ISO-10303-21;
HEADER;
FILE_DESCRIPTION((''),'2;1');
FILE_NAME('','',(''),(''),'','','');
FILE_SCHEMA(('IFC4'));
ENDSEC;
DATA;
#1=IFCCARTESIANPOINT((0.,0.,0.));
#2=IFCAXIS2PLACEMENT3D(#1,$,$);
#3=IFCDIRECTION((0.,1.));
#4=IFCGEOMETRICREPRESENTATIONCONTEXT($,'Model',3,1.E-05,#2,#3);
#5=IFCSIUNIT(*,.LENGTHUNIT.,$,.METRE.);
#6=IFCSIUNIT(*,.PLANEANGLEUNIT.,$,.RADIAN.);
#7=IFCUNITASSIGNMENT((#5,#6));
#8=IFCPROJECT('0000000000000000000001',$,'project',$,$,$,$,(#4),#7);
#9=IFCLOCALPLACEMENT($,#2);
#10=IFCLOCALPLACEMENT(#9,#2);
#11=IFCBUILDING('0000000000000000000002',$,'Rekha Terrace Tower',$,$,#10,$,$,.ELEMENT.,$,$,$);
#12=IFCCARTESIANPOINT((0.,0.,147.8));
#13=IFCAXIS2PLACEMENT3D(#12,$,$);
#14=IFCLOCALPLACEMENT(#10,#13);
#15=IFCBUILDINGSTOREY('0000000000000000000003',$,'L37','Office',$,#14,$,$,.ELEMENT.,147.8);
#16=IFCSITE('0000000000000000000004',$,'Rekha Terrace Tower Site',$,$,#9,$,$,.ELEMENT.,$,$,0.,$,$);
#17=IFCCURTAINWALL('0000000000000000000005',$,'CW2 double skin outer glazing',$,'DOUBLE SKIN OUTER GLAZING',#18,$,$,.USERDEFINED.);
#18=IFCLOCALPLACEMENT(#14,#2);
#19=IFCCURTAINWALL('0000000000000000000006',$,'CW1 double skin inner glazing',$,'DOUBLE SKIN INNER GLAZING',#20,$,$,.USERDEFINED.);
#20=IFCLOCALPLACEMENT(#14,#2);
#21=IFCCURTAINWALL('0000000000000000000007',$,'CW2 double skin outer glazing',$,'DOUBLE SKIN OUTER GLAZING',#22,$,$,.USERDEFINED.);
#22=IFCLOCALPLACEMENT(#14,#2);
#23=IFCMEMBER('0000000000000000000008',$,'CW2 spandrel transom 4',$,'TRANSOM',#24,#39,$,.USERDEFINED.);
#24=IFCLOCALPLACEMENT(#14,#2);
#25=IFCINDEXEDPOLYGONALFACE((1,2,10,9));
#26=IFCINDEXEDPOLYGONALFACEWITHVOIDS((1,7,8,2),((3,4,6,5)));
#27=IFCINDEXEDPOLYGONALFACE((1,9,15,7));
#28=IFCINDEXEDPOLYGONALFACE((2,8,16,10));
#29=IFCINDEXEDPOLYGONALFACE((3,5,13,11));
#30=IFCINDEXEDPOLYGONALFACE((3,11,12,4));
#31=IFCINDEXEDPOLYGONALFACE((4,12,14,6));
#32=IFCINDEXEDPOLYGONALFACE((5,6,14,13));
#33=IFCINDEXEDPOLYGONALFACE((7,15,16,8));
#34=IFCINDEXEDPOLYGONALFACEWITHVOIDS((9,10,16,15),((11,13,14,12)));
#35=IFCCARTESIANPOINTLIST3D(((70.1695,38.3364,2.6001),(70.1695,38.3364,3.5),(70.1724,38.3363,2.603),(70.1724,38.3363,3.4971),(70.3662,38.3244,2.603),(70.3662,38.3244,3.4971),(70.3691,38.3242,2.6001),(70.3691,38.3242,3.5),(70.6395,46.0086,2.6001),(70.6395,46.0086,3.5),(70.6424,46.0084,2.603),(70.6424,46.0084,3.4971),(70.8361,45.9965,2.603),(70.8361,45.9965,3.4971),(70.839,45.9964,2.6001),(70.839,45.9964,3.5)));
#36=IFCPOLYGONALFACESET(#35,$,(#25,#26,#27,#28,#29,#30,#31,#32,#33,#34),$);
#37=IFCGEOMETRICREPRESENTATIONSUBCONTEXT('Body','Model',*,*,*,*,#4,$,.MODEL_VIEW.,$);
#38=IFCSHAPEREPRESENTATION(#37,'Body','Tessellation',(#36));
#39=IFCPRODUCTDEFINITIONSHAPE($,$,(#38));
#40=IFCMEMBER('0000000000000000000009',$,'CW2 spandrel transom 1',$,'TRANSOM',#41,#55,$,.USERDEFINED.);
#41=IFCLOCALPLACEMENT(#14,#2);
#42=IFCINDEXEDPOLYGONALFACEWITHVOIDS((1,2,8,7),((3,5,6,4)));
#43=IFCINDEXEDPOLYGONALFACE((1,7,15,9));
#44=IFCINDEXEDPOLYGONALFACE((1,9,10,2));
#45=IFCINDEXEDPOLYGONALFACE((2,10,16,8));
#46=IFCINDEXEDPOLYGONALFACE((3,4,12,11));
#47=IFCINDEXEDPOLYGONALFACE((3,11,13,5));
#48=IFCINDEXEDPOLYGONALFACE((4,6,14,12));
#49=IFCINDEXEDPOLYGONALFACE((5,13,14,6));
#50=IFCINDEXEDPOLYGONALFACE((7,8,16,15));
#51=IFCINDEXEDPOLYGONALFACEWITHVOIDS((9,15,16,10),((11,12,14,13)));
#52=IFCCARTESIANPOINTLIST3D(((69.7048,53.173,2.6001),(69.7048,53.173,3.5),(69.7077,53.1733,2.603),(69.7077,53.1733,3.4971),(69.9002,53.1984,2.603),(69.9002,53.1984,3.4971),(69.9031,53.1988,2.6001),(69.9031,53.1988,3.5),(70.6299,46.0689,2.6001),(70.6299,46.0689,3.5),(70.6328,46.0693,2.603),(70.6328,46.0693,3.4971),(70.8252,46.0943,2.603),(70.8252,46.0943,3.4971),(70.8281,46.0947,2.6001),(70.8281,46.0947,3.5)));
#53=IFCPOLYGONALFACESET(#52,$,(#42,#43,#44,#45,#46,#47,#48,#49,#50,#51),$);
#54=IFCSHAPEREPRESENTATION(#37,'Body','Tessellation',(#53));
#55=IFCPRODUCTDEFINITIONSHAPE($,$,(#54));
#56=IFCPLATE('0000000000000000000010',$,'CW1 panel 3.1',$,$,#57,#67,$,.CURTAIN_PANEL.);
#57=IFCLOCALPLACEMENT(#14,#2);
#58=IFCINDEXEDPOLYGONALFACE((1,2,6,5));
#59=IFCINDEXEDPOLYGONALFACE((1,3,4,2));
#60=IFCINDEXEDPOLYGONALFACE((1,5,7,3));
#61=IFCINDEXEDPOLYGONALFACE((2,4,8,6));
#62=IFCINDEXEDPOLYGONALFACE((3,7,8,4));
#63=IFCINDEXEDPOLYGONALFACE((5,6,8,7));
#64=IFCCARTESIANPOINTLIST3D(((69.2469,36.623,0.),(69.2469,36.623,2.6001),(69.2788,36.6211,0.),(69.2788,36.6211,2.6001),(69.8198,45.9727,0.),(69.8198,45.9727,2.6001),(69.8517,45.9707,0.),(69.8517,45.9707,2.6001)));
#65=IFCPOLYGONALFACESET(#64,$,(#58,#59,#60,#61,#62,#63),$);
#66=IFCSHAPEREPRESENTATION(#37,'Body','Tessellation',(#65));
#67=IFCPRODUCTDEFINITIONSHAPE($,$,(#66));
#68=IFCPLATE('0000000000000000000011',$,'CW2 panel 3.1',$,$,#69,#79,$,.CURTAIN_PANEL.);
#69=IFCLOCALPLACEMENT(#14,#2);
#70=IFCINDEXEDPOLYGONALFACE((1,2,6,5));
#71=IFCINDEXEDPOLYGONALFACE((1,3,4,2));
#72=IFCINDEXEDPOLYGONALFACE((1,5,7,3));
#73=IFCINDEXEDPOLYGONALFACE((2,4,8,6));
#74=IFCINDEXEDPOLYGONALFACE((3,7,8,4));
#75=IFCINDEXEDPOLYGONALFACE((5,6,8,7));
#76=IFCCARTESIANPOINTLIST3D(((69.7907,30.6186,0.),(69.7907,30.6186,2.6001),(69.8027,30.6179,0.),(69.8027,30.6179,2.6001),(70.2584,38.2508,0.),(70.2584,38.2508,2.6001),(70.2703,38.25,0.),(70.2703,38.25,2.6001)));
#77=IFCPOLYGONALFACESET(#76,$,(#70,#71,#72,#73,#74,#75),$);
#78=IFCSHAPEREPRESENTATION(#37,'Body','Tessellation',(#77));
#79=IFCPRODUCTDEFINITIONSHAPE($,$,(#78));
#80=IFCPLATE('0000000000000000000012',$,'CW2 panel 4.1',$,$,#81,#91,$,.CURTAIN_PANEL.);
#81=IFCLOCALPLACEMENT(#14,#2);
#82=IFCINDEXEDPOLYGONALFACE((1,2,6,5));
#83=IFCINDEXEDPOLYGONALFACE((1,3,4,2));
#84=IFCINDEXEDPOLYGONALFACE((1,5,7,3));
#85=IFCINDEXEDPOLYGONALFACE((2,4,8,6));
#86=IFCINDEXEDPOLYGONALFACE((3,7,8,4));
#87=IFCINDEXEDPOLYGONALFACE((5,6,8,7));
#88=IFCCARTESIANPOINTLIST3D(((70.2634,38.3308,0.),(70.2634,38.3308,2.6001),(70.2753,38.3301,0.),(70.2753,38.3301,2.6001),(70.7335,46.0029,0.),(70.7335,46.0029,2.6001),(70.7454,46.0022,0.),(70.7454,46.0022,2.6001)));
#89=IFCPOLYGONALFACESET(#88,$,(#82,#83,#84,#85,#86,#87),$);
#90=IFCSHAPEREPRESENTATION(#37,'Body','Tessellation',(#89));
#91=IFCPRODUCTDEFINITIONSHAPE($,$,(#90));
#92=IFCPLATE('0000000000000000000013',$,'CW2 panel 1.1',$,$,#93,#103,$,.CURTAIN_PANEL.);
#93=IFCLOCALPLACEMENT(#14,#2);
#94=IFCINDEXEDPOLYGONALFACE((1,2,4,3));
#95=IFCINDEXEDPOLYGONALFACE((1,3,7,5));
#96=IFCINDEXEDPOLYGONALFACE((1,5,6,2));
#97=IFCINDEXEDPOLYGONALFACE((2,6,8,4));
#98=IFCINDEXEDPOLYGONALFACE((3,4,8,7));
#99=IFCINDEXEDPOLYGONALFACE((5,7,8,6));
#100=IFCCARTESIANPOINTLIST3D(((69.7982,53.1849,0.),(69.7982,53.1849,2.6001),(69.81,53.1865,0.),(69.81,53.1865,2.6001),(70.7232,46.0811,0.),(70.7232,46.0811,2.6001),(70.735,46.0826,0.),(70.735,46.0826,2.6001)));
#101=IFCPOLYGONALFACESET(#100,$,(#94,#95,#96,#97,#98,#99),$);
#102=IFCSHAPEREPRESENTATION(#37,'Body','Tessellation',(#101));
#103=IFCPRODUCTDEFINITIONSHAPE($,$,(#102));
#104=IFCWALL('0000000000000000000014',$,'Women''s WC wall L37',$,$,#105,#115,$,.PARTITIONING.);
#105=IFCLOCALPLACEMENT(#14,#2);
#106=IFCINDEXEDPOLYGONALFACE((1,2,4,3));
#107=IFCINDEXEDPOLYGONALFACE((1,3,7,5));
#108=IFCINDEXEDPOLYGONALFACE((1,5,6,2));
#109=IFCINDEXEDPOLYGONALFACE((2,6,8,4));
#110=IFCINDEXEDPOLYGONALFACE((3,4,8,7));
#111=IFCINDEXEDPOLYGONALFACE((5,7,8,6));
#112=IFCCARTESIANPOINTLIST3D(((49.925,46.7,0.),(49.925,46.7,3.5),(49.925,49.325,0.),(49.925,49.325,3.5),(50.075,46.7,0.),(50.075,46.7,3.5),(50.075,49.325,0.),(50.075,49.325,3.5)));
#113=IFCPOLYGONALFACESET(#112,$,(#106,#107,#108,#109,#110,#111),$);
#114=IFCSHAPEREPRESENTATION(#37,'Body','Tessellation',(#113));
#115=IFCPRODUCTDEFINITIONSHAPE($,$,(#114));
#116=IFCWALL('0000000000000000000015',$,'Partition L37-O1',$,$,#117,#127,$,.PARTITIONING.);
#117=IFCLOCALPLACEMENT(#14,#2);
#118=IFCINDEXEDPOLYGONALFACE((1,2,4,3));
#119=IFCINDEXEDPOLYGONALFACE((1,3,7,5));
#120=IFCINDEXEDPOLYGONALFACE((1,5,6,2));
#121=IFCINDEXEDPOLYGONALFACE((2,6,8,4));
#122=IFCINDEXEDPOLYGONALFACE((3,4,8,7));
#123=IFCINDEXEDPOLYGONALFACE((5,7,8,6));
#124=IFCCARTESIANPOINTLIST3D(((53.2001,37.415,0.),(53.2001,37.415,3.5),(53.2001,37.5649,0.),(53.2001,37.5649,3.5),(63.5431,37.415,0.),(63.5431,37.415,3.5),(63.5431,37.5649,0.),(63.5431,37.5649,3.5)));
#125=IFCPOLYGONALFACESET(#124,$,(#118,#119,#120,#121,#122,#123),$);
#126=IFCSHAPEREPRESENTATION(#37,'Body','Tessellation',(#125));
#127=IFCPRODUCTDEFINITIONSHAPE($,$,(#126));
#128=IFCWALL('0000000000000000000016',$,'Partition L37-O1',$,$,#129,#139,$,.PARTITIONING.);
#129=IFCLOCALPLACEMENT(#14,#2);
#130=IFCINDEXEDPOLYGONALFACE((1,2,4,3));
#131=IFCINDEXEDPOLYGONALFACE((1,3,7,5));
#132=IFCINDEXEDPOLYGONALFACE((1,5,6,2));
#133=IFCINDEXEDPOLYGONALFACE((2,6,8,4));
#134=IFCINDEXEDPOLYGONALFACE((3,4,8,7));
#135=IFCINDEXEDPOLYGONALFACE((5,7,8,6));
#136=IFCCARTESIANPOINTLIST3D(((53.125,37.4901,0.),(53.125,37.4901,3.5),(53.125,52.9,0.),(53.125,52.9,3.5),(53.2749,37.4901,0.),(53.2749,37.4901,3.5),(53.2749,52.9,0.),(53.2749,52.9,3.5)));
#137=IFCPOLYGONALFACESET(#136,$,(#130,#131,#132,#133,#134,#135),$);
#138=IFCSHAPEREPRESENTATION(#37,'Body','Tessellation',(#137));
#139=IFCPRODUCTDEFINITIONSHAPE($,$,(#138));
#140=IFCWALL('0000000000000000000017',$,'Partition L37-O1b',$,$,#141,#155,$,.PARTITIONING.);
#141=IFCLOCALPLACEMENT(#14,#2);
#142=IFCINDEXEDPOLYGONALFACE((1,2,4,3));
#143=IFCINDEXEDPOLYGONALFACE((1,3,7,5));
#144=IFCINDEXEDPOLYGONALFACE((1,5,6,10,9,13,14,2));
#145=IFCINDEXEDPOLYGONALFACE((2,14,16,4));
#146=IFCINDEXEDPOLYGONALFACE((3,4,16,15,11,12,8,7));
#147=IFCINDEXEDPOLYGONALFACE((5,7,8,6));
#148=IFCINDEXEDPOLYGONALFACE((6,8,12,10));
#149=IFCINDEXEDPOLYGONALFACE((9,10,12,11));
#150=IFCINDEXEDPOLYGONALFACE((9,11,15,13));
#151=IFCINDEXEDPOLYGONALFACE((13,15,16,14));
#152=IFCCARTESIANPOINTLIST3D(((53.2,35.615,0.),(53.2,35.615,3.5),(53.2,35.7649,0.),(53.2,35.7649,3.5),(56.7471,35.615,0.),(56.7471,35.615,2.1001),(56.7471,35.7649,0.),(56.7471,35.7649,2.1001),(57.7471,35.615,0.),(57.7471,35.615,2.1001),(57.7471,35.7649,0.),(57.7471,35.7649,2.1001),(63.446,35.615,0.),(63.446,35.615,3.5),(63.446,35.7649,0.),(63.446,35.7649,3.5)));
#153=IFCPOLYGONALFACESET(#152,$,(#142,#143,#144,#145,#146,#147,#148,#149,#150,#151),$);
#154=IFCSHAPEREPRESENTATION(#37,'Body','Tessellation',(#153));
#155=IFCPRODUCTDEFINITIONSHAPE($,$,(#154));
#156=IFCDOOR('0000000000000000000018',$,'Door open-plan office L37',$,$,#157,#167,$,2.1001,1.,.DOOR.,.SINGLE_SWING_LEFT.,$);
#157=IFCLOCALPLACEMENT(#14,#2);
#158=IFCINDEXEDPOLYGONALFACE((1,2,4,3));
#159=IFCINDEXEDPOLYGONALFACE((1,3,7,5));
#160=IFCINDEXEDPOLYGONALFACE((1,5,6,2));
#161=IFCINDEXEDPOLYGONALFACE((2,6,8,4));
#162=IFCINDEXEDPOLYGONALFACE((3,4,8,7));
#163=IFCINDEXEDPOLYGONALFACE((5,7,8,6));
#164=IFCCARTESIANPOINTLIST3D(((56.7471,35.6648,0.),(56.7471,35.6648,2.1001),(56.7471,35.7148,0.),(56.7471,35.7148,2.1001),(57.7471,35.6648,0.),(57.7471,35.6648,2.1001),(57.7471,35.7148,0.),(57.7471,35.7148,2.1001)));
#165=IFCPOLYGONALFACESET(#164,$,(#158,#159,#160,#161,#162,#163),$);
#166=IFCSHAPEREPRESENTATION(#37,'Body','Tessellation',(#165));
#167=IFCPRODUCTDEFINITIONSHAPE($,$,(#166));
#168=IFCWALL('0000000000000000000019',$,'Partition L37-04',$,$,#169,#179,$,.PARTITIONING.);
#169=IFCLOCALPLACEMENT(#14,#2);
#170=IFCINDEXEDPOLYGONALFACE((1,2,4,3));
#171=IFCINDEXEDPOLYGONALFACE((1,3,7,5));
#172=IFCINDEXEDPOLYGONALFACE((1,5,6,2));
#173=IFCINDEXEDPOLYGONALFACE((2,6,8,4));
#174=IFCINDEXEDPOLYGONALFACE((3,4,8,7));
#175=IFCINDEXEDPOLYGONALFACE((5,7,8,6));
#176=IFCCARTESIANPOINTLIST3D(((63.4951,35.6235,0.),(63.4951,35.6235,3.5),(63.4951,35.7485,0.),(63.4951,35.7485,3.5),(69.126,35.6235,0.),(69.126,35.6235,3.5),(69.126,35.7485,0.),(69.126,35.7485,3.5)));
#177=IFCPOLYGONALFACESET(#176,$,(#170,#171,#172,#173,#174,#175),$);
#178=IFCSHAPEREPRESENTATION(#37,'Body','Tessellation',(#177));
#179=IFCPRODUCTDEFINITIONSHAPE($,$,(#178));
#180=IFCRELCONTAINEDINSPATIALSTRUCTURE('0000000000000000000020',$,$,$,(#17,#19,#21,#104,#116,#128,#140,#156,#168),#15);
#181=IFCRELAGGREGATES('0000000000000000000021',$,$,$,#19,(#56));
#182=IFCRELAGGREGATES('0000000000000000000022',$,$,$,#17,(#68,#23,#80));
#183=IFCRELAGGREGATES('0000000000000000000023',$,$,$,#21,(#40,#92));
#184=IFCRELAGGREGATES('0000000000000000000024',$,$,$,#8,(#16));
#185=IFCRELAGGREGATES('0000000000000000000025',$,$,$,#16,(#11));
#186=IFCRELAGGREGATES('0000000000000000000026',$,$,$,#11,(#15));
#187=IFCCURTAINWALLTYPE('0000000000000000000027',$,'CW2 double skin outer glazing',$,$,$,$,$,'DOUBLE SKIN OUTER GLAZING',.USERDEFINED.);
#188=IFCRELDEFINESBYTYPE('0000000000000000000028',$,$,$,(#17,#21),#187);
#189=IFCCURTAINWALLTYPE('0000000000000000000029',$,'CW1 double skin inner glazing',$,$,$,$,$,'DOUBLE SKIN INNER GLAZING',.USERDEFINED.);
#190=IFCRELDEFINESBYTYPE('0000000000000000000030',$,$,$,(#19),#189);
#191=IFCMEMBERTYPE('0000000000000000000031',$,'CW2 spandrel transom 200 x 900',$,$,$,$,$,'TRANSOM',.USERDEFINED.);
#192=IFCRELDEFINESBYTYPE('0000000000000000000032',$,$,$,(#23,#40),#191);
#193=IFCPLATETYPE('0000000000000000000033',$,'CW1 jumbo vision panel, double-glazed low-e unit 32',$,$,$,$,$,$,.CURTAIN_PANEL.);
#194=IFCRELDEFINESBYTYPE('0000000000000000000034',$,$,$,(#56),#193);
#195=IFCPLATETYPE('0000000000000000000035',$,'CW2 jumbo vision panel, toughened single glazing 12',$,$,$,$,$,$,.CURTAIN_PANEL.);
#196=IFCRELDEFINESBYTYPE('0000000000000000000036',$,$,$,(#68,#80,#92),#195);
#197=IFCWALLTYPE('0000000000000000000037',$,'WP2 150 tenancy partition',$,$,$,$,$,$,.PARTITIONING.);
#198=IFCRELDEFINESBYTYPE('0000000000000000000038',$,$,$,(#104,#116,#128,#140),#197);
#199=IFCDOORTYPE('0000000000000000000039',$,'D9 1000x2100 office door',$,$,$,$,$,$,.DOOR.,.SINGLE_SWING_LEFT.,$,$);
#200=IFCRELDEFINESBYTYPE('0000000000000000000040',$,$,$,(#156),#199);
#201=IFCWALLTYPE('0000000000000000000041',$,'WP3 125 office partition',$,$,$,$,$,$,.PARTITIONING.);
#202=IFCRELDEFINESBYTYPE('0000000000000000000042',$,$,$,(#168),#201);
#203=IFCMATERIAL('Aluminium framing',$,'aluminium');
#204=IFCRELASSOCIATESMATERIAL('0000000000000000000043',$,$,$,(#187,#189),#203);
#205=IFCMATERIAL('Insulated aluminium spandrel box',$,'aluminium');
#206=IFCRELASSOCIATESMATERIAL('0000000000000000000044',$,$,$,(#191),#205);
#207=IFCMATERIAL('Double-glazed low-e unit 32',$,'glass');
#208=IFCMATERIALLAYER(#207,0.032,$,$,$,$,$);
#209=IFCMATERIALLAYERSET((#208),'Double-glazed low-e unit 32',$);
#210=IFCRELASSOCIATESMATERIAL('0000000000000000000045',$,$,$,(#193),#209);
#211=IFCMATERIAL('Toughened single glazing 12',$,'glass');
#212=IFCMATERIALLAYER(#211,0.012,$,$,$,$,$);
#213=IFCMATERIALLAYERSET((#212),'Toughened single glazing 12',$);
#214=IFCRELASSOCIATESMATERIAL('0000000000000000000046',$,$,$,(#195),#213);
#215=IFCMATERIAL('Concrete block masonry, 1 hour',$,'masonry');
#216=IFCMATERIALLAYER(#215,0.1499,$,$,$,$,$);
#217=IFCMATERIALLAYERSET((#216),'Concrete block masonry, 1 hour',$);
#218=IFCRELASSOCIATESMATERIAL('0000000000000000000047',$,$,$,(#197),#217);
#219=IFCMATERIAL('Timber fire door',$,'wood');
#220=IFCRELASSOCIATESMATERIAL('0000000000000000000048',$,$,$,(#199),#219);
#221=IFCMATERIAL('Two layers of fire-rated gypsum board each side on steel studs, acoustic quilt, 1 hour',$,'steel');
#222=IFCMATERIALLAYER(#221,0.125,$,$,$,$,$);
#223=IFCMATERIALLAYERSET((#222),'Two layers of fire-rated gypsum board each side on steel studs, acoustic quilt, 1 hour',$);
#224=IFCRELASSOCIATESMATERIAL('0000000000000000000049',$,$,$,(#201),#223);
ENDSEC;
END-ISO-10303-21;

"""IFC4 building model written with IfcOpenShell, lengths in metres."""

from ifc_helpers import new_model, si_unit, direction, frame, frame_2d, origin, origin_2d, place, context, subcontext, project, spatial, rectangle, hollow_rectangle, extrude, material, layer, layer_set, material_profile, profile_set, type_object, element, fill, aggregate, save


model = new_model("IFC4")

# Units and contexts
model_context = context("Model", 3, precision=1e-05, world=origin(), true_north=direction((0.0, 1.0)))
body_context = subcontext(model_context, "Body", "Model", "MODEL_VIEW")
ifc_project = project(units=[si_unit("LENGTHUNIT", "METRE"), si_unit("PLANEANGLEUNIT", "RADIAN")], contexts=[model_context])

# Site, building, storey
site_placement = place(None, origin())
site = spatial("IfcSite", under=ifc_project, at=site_placement, Name="Rekha Terrace Tower Site", CompositionType="ELEMENT", RefElevation=0.0)
building_placement = place(site_placement, origin())
building = spatial("IfcBuilding", under=site, at=building_placement, Name="Rekha Terrace Tower", CompositionType="ELEMENT")
storey_placement = place(building_placement, frame((0.0, 0.0, 147.8)))
storey = spatial("IfcBuildingStorey", under=building, at=storey_placement, Name="L37", Description="Office", CompositionType="ELEMENT", Elevation=147.8)

# Curtain walls
ifc_material_1 = material(Name="Aluminium framing", Category="aluminium")
curtain_wall_type_1 = type_object("IfcCurtainWallType", Name="CW2 double skin outer glazing", ElementType="DOUBLE SKIN OUTER GLAZING", PredefinedType="USERDEFINED", material=ifc_material_1)
curtain_wall_1_placement = place(storey_placement, origin())
curtain_wall_1 = element("IfcCurtainWall", 1, at=curtain_wall_1_placement, inside=storey, type_object=curtain_wall_type_1, Name="CW2 double skin outer glazing", ObjectType="DOUBLE SKIN OUTER GLAZING", PredefinedType="USERDEFINED")
curtain_wall_type_2 = type_object("IfcCurtainWallType", Name="CW1 double skin inner glazing", ElementType="DOUBLE SKIN INNER GLAZING", PredefinedType="USERDEFINED", material=ifc_material_1)
curtain_wall_2_placement = place(storey_placement, origin())
curtain_wall_2 = element("IfcCurtainWall", 2, at=curtain_wall_2_placement, inside=storey, type_object=curtain_wall_type_2, Name="CW1 double skin inner glazing", ObjectType="DOUBLE SKIN INNER GLAZING", PredefinedType="USERDEFINED")

# Shared definitions
ifc_material_2 = material(Name="Insulated aluminium spandrel box", Category="aluminium")

# Curtain wall
curtain_wall_3_placement = place(storey_placement, origin())
curtain_wall_3 = element("IfcCurtainWall", 3, at=curtain_wall_3_placement, inside=storey, type_object=curtain_wall_type_1, Name="CW2 double skin outer glazing", ObjectType="DOUBLE SKIN OUTER GLAZING", PredefinedType="USERDEFINED")

# Members
ifc_material_profile_1 = material_profile(ifc_material_2, hollow_rectangle(XDim=0.2, YDim=0.8999, WallThickness=0.0029, at=origin_2d()), Name="AL SPANDREL BOX 200x900")
ifc_profile_set_1 = profile_set([ifc_material_profile_1], Name="Insulated aluminium spandrel box")
member_type_1 = type_object("IfcMemberType", Name="CW2 spandrel transom 200 x 900", ElementType="TRANSOM", PredefinedType="USERDEFINED", material=ifc_profile_set_1)
member_1_placement = place(storey_placement, frame((70.2693, 38.3303, 3.05), z_axis=(0.061142, 0.998129, 0.0), x_axis=(-0.998129, 0.061142, 0.0)))
member_1 = element("IfcMember", 4, at=member_1_placement, type_object=member_type_1, Name="CW2 spandrel transom 4", ObjectType="TRANSOM", PredefinedType="USERDEFINED", context=body_context, shape_type="SweptSolid", body=[
    extrude(hollow_rectangle(XDim=0.2, YDim=0.8999, WallThickness=0.0029, at=origin_2d()), origin(), (0.0, 0.0, 1.0), 7.6865),
])
member_2_placement = place(storey_placement, frame((70.729, 46.0818, 3.05), z_axis=(-0.129125, 0.991628, 0.0), x_axis=(-0.991628, -0.129125, 0.0)))
member_2 = element("IfcMember", 5, at=member_2_placement, type_object=member_type_1, Name="CW2 spandrel transom 1", ObjectType="TRANSOM", PredefinedType="USERDEFINED", context=body_context, shape_type="SweptSolid", body=[
    extrude(hollow_rectangle(XDim=0.2, YDim=0.8999, WallThickness=0.0029, at=origin_2d()), origin(), (0.0, 0.0, 1.0), 7.1641),
])

# Plates
ifc_material_3 = material(Name="Double-glazed low-e unit 32", Category="glass")
ifc_layer_1 = layer(ifc_material_3, 0.032)
ifc_layer_set_1 = layer_set([ifc_layer_1], Name="Double-glazed low-e unit 32")
plate_type_1 = type_object("IfcPlateType", Name="CW1 jumbo vision panel, double-glazed low-e unit 32", PredefinedType="CURTAIN_PANEL", material=ifc_layer_set_1)
plate_1_placement = place(storey_placement, frame((69.5493, 41.2969, 0.0), z_axis=(0.0, 0.0, 1.0), x_axis=(0.06116, 0.998128, 0.0)))
plate_1 = element("IfcPlate", 6, at=plate_1_placement, type_object=plate_type_1, Name="CW1 panel 3.1", PredefinedType="CURTAIN_PANEL", context=body_context, shape_type="SweptSolid", body=[
    extrude(rectangle(XDim=9.3672, YDim=0.032, at=origin_2d()), origin(), (0.0, 0.0, 1.0), 2.6001),
])
aggregate(curtain_wall_2, [plate_1])
ifc_material_4 = material(Name="Toughened single glazing 12", Category="glass")
ifc_layer_2 = layer(ifc_material_4, 0.012)
ifc_layer_set_2 = layer_set([ifc_layer_2], Name="Toughened single glazing 12")
plate_type_2 = type_object("IfcPlateType", Name="CW2 jumbo vision panel, toughened single glazing 12", PredefinedType="CURTAIN_PANEL", material=ifc_layer_set_2)
plate_2_placement = place(storey_placement, frame((70.0305, 34.4343, 0.0), z_axis=(0.0, 0.0, 1.0), x_axis=(0.06116, 0.998128, 0.0)))
plate_2 = element("IfcPlate", 7, at=plate_2_placement, type_object=plate_type_2, Name="CW2 panel 3.1", PredefinedType="CURTAIN_PANEL", context=body_context, shape_type="SweptSolid", body=[
    extrude(rectangle(XDim=7.6465, YDim=0.012, at=origin_2d()), origin(), (0.0, 0.0, 1.0), 2.6001),
])
plate_3_placement = place(storey_placement, frame((70.5044, 42.1665, 0.0), z_axis=(0.0, 0.0, 1.0), x_axis=(0.06116, 0.998128, 0.0)))
plate_3 = element("IfcPlate", 8, at=plate_3_placement, type_object=plate_type_2, Name="CW2 panel 4.1", PredefinedType="CURTAIN_PANEL", context=body_context, shape_type="SweptSolid", body=[
    extrude(rectangle(XDim=7.6865, YDim=0.012, at=origin_2d()), origin(), (0.0, 0.0, 1.0), 2.6001),
])
aggregate(curtain_wall_1, [plate_2, member_1, plate_3])
plate_4_placement = place(storey_placement, frame((70.2666, 49.6338, 0.0), z_axis=(0.0, 0.0, 1.0), x_axis=(-0.129118, 0.991629, 0.0)))
plate_4 = element("IfcPlate", 9, at=plate_4_placement, type_object=plate_type_2, Name="CW2 panel 1.1", PredefinedType="CURTAIN_PANEL", context=body_context, shape_type="SweptSolid", body=[
    extrude(rectangle(XDim=7.1638, YDim=0.012, at=origin_2d()), origin(), (0.0, 0.0, 1.0), 2.6001),
])
aggregate(curtain_wall_3, [member_2, plate_4])

# Walls
ifc_material_5 = material(Name="Concrete block masonry, 1 hour", Category="masonry")
ifc_layer_3 = layer(ifc_material_5, 0.1499)
ifc_layer_set_3 = layer_set([ifc_layer_3], Name="Concrete block masonry, 1 hour")
wall_type_1 = type_object("IfcWallType", Name="WP2 150 tenancy partition", PredefinedType="PARTITIONING", material=ifc_layer_set_3)
wall_1_placement = place(storey_placement, frame((50.0, 46.7, 0.0), z_axis=(0.0, 0.0, 1.0), x_axis=(0.0, 1.0, 0.0)))
element("IfcWall", 10, at=wall_1_placement, inside=storey, type_object=wall_type_1, Name="Women's WC wall L37", PredefinedType="PARTITIONING", context=body_context, shape_type="SweptSolid", body=[
    extrude(rectangle(XDim=2.625, YDim=0.1499, at=frame_2d((1.3125, 0.0))), origin(), (0.0, 0.0, 1.0), 3.5),
])
wall_2_placement = place(storey_placement, frame((63.543, 37.49, 0.0), z_axis=(0.0, 0.0, 1.0), x_axis=(-1.0, 0.0, 0.0)))
element("IfcWall", 11, at=wall_2_placement, inside=storey, type_object=wall_type_1, Name="Partition L37-O1", PredefinedType="PARTITIONING", context=body_context, shape_type="SweptSolid", body=[
    extrude(rectangle(XDim=10.343, YDim=0.1499, at=frame_2d((5.1714, 0.0))), origin(), (0.0, 0.0, 1.0), 3.5),
])
wall_3_placement = place(storey_placement, frame((53.2, 37.49, 0.0), z_axis=(0.0, 0.0, 1.0), x_axis=(0.0, 1.0, 0.0)))
element("IfcWall", 12, at=wall_3_placement, inside=storey, type_object=wall_type_1, Name="Partition L37-O1", PredefinedType="PARTITIONING", context=body_context, shape_type="SweptSolid", body=[
    extrude(rectangle(XDim=15.4099, YDim=0.1499, at=frame_2d((7.7051, 0.0))), origin(), (0.0, 0.0, 1.0), 3.5),
])

# Wall, opening, door
wall_4_placement = place(storey_placement, frame((53.2, 35.6899, 0.0), z_axis=(0.0, 0.0, 1.0), x_axis=(1.0, 0.0, 0.0)))
wall_4 = element("IfcWall", 13, at=wall_4_placement, inside=storey, type_object=wall_type_1, Name="Partition L37-O1b", PredefinedType="PARTITIONING", context=body_context, shape_type="SweptSolid", body=[
    extrude(rectangle(XDim=10.2461, YDim=0.1499, at=frame_2d((5.123, 0.0))), origin(), (0.0, 0.0, 1.0), 3.5),
])
opening_1_placement = place(wall_4_placement, frame((3.5471, 0.0, 0.0)))
opening_1 = element("IfcOpeningElement", 14, at=opening_1_placement, cuts=wall_4, PredefinedType="OPENING", context=body_context, shape_type="SweptSolid", body=[
    extrude(rectangle(XDim=1.0, YDim=2.1001, at=frame_2d((0.5, 1.05))), frame((0.0, 0.085, 0.0), z_axis=(0.0, -1.0, 0.0), x_axis=(1.0, 0.0, 0.0)), (0.0, 0.0, 1.0), 0.1699),
])
ifc_material_6 = material(Name="Timber fire door", Category="wood")
door_type = type_object("IfcDoorType", Name="D9 1000x2100 office door", OperationType="SINGLE_SWING_LEFT", PredefinedType="DOOR", material=ifc_material_6)
door_1_placement = place(opening_1_placement, origin())
door_1 = element("IfcDoor", 15, at=door_1_placement, inside=storey, type_object=door_type, Name="Door open-plan office L37", OperationType="SINGLE_SWING_LEFT", OverallHeight=2.1001, OverallWidth=1.0, PredefinedType="DOOR", context=body_context, shape_type="SweptSolid", body=[
    extrude(rectangle(XDim=1.0, YDim=2.1001, at=frame_2d((0.5, 1.05))), frame((0.0, 0.0249, 0.0), z_axis=(0.0, -1.0, 0.0), x_axis=(1.0, 0.0, 0.0)), (0.0, 0.0, 1.0), 0.05),
])
fill(opening_1, door_1)

# Wall
ifc_material_7 = material(Name="Two layers of fire-rated gypsum board each side on steel studs, acoustic quilt, 1 hour", Category="steel")
ifc_layer_4 = layer(ifc_material_7, 0.125)
ifc_layer_set_4 = layer_set([ifc_layer_4], Name="Two layers of fire-rated gypsum board each side on steel studs, acoustic quilt, 1 hour")
wall_type_2 = type_object("IfcWallType", Name="WP3 125 office partition", PredefinedType="PARTITIONING", material=ifc_layer_set_4)
wall_5_placement = place(storey_placement, frame((63.4951, 35.686, 0.0), z_axis=(0.0, 0.0, 1.0), x_axis=(1.0, 0.0, 0.0)))
element("IfcWall", 16, at=wall_5_placement, inside=storey, type_object=wall_type_2, Name="Partition L37-04", PredefinedType="PARTITIONING", context=body_context, shape_type="SweptSolid", body=[
    extrude(rectangle(XDim=5.6309, YDim=0.125, at=frame_2d((2.8154, 0.0))), origin(), (0.0, 0.0, 1.0), 3.5),
])

save(model, "model.ifc")
